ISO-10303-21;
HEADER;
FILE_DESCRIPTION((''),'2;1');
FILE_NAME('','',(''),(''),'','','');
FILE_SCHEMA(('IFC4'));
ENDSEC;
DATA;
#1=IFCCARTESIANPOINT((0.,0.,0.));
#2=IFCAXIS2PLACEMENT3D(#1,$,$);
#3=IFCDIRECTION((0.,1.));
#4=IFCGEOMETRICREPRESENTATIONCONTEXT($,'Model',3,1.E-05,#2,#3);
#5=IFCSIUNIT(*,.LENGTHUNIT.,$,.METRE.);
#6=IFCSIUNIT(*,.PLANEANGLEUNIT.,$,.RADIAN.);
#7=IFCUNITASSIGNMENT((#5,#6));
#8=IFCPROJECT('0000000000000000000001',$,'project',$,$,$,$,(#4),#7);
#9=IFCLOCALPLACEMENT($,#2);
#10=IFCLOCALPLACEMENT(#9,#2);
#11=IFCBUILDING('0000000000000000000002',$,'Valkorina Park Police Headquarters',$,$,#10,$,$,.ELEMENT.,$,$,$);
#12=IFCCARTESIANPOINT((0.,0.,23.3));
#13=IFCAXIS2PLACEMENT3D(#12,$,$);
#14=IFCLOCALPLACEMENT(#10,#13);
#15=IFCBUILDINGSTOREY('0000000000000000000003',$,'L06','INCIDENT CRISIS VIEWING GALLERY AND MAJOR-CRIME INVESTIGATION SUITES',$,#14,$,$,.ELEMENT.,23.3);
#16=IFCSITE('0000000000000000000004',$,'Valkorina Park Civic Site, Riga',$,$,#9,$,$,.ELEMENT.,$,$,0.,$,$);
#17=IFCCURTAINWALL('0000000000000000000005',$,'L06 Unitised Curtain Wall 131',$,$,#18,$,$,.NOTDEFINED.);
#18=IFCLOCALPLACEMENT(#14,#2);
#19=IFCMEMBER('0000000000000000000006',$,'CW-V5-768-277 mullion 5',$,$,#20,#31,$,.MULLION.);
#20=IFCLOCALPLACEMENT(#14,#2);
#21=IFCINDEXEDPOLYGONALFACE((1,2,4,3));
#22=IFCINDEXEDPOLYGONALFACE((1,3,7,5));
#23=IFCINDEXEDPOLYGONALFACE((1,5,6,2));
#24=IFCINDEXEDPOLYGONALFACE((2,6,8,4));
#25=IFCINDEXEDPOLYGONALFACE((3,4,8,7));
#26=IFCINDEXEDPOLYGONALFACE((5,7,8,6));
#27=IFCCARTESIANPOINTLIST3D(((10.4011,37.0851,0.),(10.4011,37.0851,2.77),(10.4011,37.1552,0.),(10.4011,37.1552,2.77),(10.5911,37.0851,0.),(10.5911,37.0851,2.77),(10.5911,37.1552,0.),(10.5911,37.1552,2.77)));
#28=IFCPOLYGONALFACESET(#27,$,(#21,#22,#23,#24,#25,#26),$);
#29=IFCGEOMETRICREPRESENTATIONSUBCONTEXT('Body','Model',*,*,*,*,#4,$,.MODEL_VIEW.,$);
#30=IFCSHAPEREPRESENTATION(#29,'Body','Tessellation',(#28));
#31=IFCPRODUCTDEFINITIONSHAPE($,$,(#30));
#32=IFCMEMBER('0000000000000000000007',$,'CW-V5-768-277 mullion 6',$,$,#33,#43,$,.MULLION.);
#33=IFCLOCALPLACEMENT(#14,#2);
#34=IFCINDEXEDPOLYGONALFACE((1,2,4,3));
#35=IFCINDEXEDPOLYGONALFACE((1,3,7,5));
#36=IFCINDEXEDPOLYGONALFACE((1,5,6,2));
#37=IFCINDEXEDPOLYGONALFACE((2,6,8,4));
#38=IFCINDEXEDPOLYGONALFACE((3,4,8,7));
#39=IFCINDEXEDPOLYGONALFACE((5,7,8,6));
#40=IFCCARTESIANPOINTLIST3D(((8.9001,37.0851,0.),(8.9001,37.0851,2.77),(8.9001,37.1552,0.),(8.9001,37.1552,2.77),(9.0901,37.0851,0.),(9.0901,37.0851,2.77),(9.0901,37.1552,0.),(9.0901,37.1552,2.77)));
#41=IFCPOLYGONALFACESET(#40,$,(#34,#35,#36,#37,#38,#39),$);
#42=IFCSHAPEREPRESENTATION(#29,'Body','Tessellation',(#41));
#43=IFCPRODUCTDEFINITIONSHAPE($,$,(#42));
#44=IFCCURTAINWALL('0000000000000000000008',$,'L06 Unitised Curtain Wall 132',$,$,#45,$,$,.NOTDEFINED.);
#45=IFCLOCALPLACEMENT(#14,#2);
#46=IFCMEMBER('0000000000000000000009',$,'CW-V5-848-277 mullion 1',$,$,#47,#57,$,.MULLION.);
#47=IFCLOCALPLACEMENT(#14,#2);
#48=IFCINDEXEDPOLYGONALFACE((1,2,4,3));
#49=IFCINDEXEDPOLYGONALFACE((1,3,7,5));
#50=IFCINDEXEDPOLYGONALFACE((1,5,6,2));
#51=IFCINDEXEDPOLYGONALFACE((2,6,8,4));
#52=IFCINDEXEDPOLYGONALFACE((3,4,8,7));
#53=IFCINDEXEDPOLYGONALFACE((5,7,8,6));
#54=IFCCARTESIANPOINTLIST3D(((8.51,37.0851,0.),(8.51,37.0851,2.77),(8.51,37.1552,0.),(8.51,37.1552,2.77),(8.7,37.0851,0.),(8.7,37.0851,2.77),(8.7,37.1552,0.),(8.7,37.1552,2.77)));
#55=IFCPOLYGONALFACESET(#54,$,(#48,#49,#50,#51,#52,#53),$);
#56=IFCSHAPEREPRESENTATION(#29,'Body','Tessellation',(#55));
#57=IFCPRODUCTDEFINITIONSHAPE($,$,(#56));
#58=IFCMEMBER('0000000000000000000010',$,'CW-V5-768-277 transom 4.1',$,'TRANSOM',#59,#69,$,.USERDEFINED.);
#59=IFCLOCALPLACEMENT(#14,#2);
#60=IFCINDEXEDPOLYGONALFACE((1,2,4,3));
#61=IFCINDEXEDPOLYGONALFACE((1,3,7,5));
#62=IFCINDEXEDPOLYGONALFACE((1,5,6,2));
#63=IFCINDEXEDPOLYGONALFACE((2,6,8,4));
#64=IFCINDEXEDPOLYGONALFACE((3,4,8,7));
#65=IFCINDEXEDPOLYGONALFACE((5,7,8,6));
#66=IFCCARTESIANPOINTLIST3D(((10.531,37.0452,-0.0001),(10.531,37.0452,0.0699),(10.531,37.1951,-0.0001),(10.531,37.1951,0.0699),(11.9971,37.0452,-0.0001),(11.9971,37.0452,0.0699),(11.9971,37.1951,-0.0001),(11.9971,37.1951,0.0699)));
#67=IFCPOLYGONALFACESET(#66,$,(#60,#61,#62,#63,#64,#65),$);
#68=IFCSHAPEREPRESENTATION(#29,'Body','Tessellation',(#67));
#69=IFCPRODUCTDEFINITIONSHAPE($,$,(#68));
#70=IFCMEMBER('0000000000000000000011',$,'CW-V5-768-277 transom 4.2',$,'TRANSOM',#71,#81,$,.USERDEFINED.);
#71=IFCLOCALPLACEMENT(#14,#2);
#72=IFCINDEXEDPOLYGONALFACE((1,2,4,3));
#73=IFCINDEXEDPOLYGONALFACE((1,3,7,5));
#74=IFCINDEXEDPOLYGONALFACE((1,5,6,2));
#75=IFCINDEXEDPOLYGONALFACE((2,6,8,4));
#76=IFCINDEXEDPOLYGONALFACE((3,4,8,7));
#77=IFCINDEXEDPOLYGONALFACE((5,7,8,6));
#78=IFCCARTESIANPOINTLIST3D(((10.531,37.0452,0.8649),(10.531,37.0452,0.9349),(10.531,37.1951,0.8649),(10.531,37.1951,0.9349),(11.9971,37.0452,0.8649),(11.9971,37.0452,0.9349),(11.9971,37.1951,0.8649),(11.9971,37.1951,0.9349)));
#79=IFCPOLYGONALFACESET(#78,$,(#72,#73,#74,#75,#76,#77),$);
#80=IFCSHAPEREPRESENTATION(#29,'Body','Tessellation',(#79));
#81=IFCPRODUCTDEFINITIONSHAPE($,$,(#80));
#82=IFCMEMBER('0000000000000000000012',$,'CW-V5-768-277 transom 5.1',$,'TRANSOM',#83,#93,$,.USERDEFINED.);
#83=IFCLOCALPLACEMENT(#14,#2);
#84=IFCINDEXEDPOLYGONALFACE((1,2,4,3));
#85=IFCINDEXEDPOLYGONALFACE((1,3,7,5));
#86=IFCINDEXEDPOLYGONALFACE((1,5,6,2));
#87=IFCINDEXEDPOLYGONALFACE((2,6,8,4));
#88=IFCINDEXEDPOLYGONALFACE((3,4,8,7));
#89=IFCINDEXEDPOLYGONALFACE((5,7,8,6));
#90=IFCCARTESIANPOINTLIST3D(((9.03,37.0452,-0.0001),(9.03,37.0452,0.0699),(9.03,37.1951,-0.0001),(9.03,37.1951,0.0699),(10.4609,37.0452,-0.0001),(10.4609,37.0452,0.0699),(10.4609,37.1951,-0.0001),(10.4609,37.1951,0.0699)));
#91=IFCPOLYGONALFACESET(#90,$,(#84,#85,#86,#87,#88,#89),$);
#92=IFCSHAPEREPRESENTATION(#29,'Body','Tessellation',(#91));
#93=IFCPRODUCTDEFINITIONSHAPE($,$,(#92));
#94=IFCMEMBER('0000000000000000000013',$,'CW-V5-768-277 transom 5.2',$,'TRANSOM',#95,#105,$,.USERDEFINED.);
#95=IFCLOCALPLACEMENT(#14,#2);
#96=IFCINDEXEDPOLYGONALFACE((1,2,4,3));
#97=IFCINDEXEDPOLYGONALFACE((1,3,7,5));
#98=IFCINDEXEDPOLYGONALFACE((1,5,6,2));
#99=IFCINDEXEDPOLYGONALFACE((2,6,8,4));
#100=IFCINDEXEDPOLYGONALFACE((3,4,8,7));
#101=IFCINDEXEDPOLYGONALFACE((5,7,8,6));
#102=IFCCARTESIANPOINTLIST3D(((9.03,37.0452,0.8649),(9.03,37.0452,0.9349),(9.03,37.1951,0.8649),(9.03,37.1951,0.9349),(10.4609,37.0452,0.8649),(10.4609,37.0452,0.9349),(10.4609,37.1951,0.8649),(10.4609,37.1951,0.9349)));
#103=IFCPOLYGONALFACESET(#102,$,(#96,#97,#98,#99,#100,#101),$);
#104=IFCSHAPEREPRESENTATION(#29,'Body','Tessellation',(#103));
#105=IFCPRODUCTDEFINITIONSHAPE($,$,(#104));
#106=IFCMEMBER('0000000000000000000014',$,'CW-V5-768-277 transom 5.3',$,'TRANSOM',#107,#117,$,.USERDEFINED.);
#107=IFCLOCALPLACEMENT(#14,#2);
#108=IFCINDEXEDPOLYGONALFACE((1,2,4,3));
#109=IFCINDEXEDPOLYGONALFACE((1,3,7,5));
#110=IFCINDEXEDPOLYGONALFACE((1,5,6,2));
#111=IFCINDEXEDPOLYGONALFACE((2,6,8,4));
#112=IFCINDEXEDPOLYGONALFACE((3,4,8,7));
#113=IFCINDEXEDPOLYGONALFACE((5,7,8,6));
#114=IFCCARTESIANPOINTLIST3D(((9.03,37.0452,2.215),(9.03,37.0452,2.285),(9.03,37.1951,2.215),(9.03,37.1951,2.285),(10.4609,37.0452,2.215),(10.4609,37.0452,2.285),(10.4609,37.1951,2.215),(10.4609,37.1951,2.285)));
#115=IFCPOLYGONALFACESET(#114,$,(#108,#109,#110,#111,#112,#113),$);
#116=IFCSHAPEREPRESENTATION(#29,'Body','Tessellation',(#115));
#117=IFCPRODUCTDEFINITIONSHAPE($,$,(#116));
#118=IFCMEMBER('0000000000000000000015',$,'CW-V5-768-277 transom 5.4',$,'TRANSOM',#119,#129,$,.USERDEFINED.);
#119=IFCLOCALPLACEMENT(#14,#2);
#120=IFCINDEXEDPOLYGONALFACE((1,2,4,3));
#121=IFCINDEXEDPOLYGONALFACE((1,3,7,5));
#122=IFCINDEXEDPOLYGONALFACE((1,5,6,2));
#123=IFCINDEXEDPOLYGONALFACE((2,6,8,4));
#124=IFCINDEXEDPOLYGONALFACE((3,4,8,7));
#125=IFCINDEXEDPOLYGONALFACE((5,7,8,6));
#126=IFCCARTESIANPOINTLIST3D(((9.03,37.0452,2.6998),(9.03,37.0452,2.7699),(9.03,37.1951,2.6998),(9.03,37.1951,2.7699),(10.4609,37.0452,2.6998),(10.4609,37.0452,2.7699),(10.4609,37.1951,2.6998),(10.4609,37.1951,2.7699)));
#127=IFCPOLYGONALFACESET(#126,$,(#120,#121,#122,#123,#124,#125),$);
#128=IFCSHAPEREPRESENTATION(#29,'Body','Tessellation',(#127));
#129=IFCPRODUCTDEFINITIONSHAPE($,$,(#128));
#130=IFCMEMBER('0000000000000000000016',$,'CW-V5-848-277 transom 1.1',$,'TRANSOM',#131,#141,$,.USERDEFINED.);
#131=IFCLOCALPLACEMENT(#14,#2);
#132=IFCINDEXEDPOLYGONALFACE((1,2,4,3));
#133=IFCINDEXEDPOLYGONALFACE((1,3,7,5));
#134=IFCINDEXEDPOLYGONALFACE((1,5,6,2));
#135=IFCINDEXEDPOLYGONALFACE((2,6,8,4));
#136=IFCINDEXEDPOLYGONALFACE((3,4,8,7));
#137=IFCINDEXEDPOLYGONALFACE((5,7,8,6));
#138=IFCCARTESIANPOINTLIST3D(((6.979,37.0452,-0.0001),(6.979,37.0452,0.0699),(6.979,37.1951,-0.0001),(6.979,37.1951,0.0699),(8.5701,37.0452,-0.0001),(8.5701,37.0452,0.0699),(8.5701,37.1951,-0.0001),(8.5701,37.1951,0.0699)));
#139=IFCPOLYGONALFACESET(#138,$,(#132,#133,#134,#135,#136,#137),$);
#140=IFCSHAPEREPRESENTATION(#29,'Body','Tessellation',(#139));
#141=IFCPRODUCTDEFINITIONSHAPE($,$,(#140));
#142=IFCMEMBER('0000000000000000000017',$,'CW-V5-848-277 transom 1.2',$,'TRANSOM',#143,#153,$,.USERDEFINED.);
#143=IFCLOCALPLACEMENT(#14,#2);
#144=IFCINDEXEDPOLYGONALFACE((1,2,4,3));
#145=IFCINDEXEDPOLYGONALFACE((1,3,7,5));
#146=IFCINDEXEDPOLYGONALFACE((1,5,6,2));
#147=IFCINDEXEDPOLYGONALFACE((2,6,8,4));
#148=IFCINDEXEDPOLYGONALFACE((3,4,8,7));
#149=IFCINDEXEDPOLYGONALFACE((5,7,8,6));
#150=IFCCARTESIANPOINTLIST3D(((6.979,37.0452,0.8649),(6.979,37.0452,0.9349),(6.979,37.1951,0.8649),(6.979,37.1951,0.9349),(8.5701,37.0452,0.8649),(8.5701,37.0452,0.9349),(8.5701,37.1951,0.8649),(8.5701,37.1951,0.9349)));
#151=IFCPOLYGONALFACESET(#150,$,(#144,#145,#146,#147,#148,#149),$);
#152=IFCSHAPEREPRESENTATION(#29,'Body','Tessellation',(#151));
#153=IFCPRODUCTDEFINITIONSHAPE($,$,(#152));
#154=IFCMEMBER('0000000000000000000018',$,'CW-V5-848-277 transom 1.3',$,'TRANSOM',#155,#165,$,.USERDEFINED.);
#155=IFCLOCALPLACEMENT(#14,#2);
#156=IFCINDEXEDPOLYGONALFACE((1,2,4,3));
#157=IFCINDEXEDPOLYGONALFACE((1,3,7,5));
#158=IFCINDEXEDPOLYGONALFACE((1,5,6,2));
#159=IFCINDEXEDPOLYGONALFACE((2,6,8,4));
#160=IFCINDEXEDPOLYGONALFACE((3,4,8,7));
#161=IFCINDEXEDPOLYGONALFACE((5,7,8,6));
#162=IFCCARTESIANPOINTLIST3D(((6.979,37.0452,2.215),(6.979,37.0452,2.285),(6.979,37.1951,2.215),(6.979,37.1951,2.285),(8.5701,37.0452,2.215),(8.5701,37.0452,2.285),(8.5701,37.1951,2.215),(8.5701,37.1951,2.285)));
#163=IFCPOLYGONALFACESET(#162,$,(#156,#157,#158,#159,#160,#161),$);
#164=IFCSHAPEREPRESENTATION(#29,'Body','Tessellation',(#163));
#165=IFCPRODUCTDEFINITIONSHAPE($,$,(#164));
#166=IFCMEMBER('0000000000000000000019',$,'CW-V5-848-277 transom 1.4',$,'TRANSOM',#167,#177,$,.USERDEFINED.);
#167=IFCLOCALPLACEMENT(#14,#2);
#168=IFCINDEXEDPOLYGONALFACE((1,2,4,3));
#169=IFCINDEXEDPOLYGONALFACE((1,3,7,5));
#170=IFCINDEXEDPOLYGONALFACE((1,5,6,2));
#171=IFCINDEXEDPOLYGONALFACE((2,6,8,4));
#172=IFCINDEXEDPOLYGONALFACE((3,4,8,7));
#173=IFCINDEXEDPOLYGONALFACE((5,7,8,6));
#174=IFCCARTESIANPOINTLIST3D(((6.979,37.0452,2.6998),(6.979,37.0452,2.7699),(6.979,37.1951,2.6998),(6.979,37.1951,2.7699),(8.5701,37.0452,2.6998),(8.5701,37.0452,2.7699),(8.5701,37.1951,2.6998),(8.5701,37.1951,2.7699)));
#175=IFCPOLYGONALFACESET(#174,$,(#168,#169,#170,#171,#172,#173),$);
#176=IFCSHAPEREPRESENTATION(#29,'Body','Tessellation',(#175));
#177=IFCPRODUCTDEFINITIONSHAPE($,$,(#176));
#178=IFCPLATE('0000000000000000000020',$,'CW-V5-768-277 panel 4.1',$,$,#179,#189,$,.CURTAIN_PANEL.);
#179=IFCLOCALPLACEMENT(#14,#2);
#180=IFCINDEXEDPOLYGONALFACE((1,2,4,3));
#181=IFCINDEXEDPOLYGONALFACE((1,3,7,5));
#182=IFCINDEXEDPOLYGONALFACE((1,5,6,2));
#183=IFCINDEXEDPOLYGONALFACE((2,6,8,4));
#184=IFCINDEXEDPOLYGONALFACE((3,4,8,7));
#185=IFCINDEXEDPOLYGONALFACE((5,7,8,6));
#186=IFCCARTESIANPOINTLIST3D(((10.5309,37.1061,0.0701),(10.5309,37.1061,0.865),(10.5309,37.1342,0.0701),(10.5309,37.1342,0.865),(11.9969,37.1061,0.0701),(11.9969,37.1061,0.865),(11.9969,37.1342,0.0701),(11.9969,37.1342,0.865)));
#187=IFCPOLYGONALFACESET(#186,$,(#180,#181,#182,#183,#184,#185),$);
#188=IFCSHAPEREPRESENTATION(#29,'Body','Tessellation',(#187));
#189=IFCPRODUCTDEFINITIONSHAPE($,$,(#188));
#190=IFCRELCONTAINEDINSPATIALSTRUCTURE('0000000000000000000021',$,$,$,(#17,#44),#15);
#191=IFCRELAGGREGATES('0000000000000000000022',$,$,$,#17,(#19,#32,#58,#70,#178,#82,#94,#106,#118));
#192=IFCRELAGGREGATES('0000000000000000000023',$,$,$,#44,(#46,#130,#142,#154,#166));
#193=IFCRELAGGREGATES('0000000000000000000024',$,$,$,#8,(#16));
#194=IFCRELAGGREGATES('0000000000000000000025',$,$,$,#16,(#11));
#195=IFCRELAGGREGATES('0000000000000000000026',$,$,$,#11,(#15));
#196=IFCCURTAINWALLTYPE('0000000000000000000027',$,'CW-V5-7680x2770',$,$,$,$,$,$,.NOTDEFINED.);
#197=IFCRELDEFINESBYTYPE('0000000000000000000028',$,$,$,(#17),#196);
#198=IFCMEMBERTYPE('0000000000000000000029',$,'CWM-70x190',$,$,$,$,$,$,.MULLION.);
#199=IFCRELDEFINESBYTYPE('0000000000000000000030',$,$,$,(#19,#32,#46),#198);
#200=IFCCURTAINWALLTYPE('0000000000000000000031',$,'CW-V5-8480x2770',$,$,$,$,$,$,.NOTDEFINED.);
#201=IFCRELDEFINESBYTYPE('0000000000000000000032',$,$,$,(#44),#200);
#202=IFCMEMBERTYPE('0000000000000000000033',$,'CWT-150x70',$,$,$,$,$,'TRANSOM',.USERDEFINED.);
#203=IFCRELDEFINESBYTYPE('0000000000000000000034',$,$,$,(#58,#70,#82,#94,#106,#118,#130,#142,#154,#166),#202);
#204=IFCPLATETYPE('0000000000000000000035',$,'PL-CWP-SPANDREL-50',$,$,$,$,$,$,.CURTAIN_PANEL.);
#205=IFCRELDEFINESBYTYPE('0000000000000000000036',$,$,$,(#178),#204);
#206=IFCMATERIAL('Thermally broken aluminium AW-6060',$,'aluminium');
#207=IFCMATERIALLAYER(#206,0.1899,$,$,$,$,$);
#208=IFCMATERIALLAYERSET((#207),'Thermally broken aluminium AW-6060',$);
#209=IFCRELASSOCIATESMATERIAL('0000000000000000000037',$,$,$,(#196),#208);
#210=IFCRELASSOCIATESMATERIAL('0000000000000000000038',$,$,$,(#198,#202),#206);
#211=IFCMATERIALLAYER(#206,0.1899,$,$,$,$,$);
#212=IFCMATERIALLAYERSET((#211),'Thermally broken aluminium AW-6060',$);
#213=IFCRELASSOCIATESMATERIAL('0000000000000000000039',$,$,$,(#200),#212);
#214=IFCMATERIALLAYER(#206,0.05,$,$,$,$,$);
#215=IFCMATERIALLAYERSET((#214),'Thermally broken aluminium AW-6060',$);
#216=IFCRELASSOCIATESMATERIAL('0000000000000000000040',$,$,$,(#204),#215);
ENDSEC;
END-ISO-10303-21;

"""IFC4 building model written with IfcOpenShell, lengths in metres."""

from ifc_helpers import new_model, si_unit, direction, frame, origin, origin_2d, place, context, subcontext, project, spatial, rectangle, extrude, material, layer, layer_set, material_profile, profile_set, type_object, element, aggregate, save


model = new_model("IFC4")

# Units and contexts
model_context = context("Model", 3, precision=1e-05, world=origin(), true_north=direction((0.0, 1.0)))
body_context = subcontext(model_context, "Body", "Model", "MODEL_VIEW")
ifc_project = project(units=[si_unit("LENGTHUNIT", "METRE"), si_unit("PLANEANGLEUNIT", "RADIAN")], contexts=[model_context])

# Site, building, storey
site_placement = place(None, origin())
site = spatial("IfcSite", under=ifc_project, at=site_placement, Name="Valkorina Park Civic Site, Riga", CompositionType="ELEMENT", RefElevation=0.0)
building_placement = place(site_placement, origin())
building = spatial("IfcBuilding", under=site, at=building_placement, Name="Valkorina Park Police Headquarters", CompositionType="ELEMENT")
storey_placement = place(building_placement, frame((0.0, 0.0, 23.3)))
storey = spatial("IfcBuildingStorey", under=building, at=storey_placement, Name="L06", Description="INCIDENT CRISIS VIEWING GALLERY AND MAJOR-CRIME INVESTIGATION SUITES", CompositionType="ELEMENT", Elevation=23.3)

# Curtain wall, members
ifc_material_1 = material(Name="Thermally broken aluminium AW-6060", Category="aluminium")
ifc_layer_1 = layer(ifc_material_1, 0.1899)
ifc_layer_set_1 = layer_set([ifc_layer_1], Name="Thermally broken aluminium AW-6060")
curtain_wall_type_1 = type_object("IfcCurtainWallType", Name="CW-V5-7680x2770", PredefinedType="NOTDEFINED", material=ifc_layer_set_1)
curtain_wall_1_placement = place(storey_placement, origin())
curtain_wall_1 = element("IfcCurtainWall", 1, at=curtain_wall_1_placement, inside=storey, type_object=curtain_wall_type_1, Name="L06 Unitised Curtain Wall 131", PredefinedType="NOTDEFINED")
ifc_material_profile_1 = material_profile(ifc_material_1, rectangle(XDim=0.0701, YDim=0.1899, at=origin_2d()), Name="CWM-02 70x190")
ifc_profile_set_1 = profile_set([ifc_material_profile_1], Name="Thermally broken aluminium AW-6060")
member_type_1 = type_object("IfcMemberType", Name="CWM-70x190", PredefinedType="MULLION", material=ifc_profile_set_1)
member_1_placement = place(storey_placement, frame((10.4961, 37.1201, 0.0), z_axis=(0.0, 0.0, 1.0), x_axis=(0.0, -1.0, 0.0)))
member_1 = element("IfcMember", 2, at=member_1_placement, type_object=member_type_1, Name="CW-V5-768-277 mullion 5", PredefinedType="MULLION", context=body_context, shape_type="SweptSolid", body=[
    extrude(rectangle(XDim=0.0701, YDim=0.1899, at=origin_2d()), origin(), (0.0, 0.0, 1.0), 2.77),
])
member_2_placement = place(storey_placement, frame((8.9951, 37.1201, 0.0), z_axis=(0.0, 0.0, 1.0), x_axis=(0.0, -1.0, 0.0)))
member_2 = element("IfcMember", 3, at=member_2_placement, type_object=member_type_1, Name="CW-V5-768-277 mullion 6", PredefinedType="MULLION", context=body_context, shape_type="SweptSolid", body=[
    extrude(rectangle(XDim=0.0701, YDim=0.1899, at=origin_2d()), origin(), (0.0, 0.0, 1.0), 2.77),
])

# Curtain wall, member
ifc_layer_2 = layer(ifc_material_1, 0.1899)
ifc_layer_set_2 = layer_set([ifc_layer_2], Name="Thermally broken aluminium AW-6060")
curtain_wall_type_2 = type_object("IfcCurtainWallType", Name="CW-V5-8480x2770", PredefinedType="NOTDEFINED", material=ifc_layer_set_2)
curtain_wall_2_placement = place(storey_placement, origin())
curtain_wall_2 = element("IfcCurtainWall", 4, at=curtain_wall_2_placement, inside=storey, type_object=curtain_wall_type_2, Name="L06 Unitised Curtain Wall 132", PredefinedType="NOTDEFINED")
member_3_placement = place(storey_placement, frame((8.605, 37.1201, 0.0), z_axis=(0.0, 0.0, 1.0), x_axis=(0.0, -1.0, 0.0)))
member_3 = element("IfcMember", 5, at=member_3_placement, type_object=member_type_1, Name="CW-V5-848-277 mullion 1", PredefinedType="MULLION", context=body_context, shape_type="SweptSolid", body=[
    extrude(rectangle(XDim=0.0701, YDim=0.1899, at=origin_2d()), origin(), (0.0, 0.0, 1.0), 2.77),
])

# Members
ifc_material_profile_2 = material_profile(ifc_material_1, rectangle(XDim=0.1499, YDim=0.0701, at=origin_2d()), Name="CWT-02 150x70")
ifc_profile_set_2 = profile_set([ifc_material_profile_2], Name="Thermally broken aluminium AW-6060")
member_type_2 = type_object("IfcMemberType", Name="CWT-150x70", ElementType="TRANSOM", PredefinedType="USERDEFINED", material=ifc_profile_set_2)
member_4_placement = place(storey_placement, frame((11.9971, 37.1201, 0.0349), z_axis=(-1.0, 0.0, 0.0), x_axis=(0.0, -1.0, 0.0)))
member_4 = element("IfcMember", 6, at=member_4_placement, type_object=member_type_2, Name="CW-V5-768-277 transom 4.1", ObjectType="TRANSOM", PredefinedType="USERDEFINED", context=body_context, shape_type="SweptSolid", body=[
    extrude(rectangle(XDim=0.1499, YDim=0.0701, at=origin_2d()), origin(), (0.0, 0.0, 1.0), 1.4661),
])
member_5_placement = place(storey_placement, frame((11.9971, 37.1201, 0.8999), z_axis=(-1.0, 0.0, 0.0), x_axis=(0.0, -1.0, 0.0)))
member_5 = element("IfcMember", 7, at=member_5_placement, type_object=member_type_2, Name="CW-V5-768-277 transom 4.2", ObjectType="TRANSOM", PredefinedType="USERDEFINED", context=body_context, shape_type="SweptSolid", body=[
    extrude(rectangle(XDim=0.1499, YDim=0.0701, at=origin_2d()), origin(), (0.0, 0.0, 1.0), 1.4661),
])
member_6_placement = place(storey_placement, frame((10.4609, 37.1201, 0.0349), z_axis=(-1.0, 0.0, 0.0), x_axis=(0.0, -1.0, 0.0)))
member_6 = element("IfcMember", 8, at=member_6_placement, type_object=member_type_2, Name="CW-V5-768-277 transom 5.1", ObjectType="TRANSOM", PredefinedType="USERDEFINED", context=body_context, shape_type="SweptSolid", body=[
    extrude(rectangle(XDim=0.1499, YDim=0.0701, at=origin_2d()), origin(), (0.0, 0.0, 1.0), 1.4309),
])
member_7_placement = place(storey_placement, frame((10.4609, 37.1201, 0.8999), z_axis=(-1.0, 0.0, 0.0), x_axis=(0.0, -1.0, 0.0)))
member_7 = element("IfcMember", 9, at=member_7_placement, type_object=member_type_2, Name="CW-V5-768-277 transom 5.2", ObjectType="TRANSOM", PredefinedType="USERDEFINED", context=body_context, shape_type="SweptSolid", body=[
    extrude(rectangle(XDim=0.1499, YDim=0.0701, at=origin_2d()), origin(), (0.0, 0.0, 1.0), 1.4309),
])
member_8_placement = place(storey_placement, frame((10.4609, 37.1201, 2.25), z_axis=(-1.0, 0.0, 0.0), x_axis=(0.0, -1.0, 0.0)))
member_8 = element("IfcMember", 10, at=member_8_placement, type_object=member_type_2, Name="CW-V5-768-277 transom 5.3", ObjectType="TRANSOM", PredefinedType="USERDEFINED", context=body_context, shape_type="SweptSolid", body=[
    extrude(rectangle(XDim=0.1499, YDim=0.0701, at=origin_2d()), origin(), (0.0, 0.0, 1.0), 1.4309),
])
member_9_placement = place(storey_placement, frame((10.4609, 37.1201, 2.7349), z_axis=(-1.0, 0.0, 0.0), x_axis=(0.0, -1.0, 0.0)))
member_9 = element("IfcMember", 11, at=member_9_placement, type_object=member_type_2, Name="CW-V5-768-277 transom 5.4", ObjectType="TRANSOM", PredefinedType="USERDEFINED", context=body_context, shape_type="SweptSolid", body=[
    extrude(rectangle(XDim=0.1499, YDim=0.0701, at=origin_2d()), origin(), (0.0, 0.0, 1.0), 1.4309),
])
member_10_placement = place(storey_placement, frame((8.5701, 37.1201, 0.0349), z_axis=(-1.0, 0.0, 0.0), x_axis=(0.0, -1.0, 0.0)))
member_10 = element("IfcMember", 12, at=member_10_placement, type_object=member_type_2, Name="CW-V5-848-277 transom 1.1", ObjectType="TRANSOM", PredefinedType="USERDEFINED", context=body_context, shape_type="SweptSolid", body=[
    extrude(rectangle(XDim=0.1499, YDim=0.0701, at=origin_2d()), origin(), (0.0, 0.0, 1.0), 1.5911),
])
member_11_placement = place(storey_placement, frame((8.5701, 37.1201, 0.8999), z_axis=(-1.0, 0.0, 0.0), x_axis=(0.0, -1.0, 0.0)))
member_11 = element("IfcMember", 13, at=member_11_placement, type_object=member_type_2, Name="CW-V5-848-277 transom 1.2", ObjectType="TRANSOM", PredefinedType="USERDEFINED", context=body_context, shape_type="SweptSolid", body=[
    extrude(rectangle(XDim=0.1499, YDim=0.0701, at=origin_2d()), origin(), (0.0, 0.0, 1.0), 1.5911),
])
member_12_placement = place(storey_placement, frame((8.5701, 37.1201, 2.25), z_axis=(-1.0, 0.0, 0.0), x_axis=(0.0, -1.0, 0.0)))
member_12 = element("IfcMember", 14, at=member_12_placement, type_object=member_type_2, Name="CW-V5-848-277 transom 1.3", ObjectType="TRANSOM", PredefinedType="USERDEFINED", context=body_context, shape_type="SweptSolid", body=[
    extrude(rectangle(XDim=0.1499, YDim=0.0701, at=origin_2d()), origin(), (0.0, 0.0, 1.0), 1.5911),
])
member_13_placement = place(storey_placement, frame((8.5701, 37.1201, 2.7349), z_axis=(-1.0, 0.0, 0.0), x_axis=(0.0, -1.0, 0.0)))
member_13 = element("IfcMember", 15, at=member_13_placement, type_object=member_type_2, Name="CW-V5-848-277 transom 1.4", ObjectType="TRANSOM", PredefinedType="USERDEFINED", context=body_context, shape_type="SweptSolid", body=[
    extrude(rectangle(XDim=0.1499, YDim=0.0701, at=origin_2d()), origin(), (0.0, 0.0, 1.0), 1.5911),
])

# Plate
ifc_layer_3 = layer(ifc_material_1, 0.05)
ifc_layer_set_3 = layer_set([ifc_layer_3], Name="Thermally broken aluminium AW-6060")
plate_type_1 = type_object("IfcPlateType", Name="PL-CWP-SPANDREL-50", PredefinedType="CURTAIN_PANEL", material=ifc_layer_set_3)
plate_1_placement = place(storey_placement, frame((11.2639, 37.1201, 0.0701), z_axis=(0.0, 0.0, 1.0), x_axis=(-1.0, 0.0, 0.0)))
plate_1 = element("IfcPlate", 16, at=plate_1_placement, type_object=plate_type_1, Name="CW-V5-768-277 panel 4.1", PredefinedType="CURTAIN_PANEL", context=body_context, shape_type="SweptSolid", body=[
    extrude(rectangle(XDim=1.4661, YDim=0.0281, at=origin_2d()), origin(), (0.0, 0.0, 1.0), 0.7949),
])
aggregate(curtain_wall_1, [member_1, member_2, member_4, member_5, plate_1, member_6, member_7, member_8, member_9])
aggregate(curtain_wall_2, [member_3, member_10, member_11, member_12, member_13])

save(model, "model.ifc")
